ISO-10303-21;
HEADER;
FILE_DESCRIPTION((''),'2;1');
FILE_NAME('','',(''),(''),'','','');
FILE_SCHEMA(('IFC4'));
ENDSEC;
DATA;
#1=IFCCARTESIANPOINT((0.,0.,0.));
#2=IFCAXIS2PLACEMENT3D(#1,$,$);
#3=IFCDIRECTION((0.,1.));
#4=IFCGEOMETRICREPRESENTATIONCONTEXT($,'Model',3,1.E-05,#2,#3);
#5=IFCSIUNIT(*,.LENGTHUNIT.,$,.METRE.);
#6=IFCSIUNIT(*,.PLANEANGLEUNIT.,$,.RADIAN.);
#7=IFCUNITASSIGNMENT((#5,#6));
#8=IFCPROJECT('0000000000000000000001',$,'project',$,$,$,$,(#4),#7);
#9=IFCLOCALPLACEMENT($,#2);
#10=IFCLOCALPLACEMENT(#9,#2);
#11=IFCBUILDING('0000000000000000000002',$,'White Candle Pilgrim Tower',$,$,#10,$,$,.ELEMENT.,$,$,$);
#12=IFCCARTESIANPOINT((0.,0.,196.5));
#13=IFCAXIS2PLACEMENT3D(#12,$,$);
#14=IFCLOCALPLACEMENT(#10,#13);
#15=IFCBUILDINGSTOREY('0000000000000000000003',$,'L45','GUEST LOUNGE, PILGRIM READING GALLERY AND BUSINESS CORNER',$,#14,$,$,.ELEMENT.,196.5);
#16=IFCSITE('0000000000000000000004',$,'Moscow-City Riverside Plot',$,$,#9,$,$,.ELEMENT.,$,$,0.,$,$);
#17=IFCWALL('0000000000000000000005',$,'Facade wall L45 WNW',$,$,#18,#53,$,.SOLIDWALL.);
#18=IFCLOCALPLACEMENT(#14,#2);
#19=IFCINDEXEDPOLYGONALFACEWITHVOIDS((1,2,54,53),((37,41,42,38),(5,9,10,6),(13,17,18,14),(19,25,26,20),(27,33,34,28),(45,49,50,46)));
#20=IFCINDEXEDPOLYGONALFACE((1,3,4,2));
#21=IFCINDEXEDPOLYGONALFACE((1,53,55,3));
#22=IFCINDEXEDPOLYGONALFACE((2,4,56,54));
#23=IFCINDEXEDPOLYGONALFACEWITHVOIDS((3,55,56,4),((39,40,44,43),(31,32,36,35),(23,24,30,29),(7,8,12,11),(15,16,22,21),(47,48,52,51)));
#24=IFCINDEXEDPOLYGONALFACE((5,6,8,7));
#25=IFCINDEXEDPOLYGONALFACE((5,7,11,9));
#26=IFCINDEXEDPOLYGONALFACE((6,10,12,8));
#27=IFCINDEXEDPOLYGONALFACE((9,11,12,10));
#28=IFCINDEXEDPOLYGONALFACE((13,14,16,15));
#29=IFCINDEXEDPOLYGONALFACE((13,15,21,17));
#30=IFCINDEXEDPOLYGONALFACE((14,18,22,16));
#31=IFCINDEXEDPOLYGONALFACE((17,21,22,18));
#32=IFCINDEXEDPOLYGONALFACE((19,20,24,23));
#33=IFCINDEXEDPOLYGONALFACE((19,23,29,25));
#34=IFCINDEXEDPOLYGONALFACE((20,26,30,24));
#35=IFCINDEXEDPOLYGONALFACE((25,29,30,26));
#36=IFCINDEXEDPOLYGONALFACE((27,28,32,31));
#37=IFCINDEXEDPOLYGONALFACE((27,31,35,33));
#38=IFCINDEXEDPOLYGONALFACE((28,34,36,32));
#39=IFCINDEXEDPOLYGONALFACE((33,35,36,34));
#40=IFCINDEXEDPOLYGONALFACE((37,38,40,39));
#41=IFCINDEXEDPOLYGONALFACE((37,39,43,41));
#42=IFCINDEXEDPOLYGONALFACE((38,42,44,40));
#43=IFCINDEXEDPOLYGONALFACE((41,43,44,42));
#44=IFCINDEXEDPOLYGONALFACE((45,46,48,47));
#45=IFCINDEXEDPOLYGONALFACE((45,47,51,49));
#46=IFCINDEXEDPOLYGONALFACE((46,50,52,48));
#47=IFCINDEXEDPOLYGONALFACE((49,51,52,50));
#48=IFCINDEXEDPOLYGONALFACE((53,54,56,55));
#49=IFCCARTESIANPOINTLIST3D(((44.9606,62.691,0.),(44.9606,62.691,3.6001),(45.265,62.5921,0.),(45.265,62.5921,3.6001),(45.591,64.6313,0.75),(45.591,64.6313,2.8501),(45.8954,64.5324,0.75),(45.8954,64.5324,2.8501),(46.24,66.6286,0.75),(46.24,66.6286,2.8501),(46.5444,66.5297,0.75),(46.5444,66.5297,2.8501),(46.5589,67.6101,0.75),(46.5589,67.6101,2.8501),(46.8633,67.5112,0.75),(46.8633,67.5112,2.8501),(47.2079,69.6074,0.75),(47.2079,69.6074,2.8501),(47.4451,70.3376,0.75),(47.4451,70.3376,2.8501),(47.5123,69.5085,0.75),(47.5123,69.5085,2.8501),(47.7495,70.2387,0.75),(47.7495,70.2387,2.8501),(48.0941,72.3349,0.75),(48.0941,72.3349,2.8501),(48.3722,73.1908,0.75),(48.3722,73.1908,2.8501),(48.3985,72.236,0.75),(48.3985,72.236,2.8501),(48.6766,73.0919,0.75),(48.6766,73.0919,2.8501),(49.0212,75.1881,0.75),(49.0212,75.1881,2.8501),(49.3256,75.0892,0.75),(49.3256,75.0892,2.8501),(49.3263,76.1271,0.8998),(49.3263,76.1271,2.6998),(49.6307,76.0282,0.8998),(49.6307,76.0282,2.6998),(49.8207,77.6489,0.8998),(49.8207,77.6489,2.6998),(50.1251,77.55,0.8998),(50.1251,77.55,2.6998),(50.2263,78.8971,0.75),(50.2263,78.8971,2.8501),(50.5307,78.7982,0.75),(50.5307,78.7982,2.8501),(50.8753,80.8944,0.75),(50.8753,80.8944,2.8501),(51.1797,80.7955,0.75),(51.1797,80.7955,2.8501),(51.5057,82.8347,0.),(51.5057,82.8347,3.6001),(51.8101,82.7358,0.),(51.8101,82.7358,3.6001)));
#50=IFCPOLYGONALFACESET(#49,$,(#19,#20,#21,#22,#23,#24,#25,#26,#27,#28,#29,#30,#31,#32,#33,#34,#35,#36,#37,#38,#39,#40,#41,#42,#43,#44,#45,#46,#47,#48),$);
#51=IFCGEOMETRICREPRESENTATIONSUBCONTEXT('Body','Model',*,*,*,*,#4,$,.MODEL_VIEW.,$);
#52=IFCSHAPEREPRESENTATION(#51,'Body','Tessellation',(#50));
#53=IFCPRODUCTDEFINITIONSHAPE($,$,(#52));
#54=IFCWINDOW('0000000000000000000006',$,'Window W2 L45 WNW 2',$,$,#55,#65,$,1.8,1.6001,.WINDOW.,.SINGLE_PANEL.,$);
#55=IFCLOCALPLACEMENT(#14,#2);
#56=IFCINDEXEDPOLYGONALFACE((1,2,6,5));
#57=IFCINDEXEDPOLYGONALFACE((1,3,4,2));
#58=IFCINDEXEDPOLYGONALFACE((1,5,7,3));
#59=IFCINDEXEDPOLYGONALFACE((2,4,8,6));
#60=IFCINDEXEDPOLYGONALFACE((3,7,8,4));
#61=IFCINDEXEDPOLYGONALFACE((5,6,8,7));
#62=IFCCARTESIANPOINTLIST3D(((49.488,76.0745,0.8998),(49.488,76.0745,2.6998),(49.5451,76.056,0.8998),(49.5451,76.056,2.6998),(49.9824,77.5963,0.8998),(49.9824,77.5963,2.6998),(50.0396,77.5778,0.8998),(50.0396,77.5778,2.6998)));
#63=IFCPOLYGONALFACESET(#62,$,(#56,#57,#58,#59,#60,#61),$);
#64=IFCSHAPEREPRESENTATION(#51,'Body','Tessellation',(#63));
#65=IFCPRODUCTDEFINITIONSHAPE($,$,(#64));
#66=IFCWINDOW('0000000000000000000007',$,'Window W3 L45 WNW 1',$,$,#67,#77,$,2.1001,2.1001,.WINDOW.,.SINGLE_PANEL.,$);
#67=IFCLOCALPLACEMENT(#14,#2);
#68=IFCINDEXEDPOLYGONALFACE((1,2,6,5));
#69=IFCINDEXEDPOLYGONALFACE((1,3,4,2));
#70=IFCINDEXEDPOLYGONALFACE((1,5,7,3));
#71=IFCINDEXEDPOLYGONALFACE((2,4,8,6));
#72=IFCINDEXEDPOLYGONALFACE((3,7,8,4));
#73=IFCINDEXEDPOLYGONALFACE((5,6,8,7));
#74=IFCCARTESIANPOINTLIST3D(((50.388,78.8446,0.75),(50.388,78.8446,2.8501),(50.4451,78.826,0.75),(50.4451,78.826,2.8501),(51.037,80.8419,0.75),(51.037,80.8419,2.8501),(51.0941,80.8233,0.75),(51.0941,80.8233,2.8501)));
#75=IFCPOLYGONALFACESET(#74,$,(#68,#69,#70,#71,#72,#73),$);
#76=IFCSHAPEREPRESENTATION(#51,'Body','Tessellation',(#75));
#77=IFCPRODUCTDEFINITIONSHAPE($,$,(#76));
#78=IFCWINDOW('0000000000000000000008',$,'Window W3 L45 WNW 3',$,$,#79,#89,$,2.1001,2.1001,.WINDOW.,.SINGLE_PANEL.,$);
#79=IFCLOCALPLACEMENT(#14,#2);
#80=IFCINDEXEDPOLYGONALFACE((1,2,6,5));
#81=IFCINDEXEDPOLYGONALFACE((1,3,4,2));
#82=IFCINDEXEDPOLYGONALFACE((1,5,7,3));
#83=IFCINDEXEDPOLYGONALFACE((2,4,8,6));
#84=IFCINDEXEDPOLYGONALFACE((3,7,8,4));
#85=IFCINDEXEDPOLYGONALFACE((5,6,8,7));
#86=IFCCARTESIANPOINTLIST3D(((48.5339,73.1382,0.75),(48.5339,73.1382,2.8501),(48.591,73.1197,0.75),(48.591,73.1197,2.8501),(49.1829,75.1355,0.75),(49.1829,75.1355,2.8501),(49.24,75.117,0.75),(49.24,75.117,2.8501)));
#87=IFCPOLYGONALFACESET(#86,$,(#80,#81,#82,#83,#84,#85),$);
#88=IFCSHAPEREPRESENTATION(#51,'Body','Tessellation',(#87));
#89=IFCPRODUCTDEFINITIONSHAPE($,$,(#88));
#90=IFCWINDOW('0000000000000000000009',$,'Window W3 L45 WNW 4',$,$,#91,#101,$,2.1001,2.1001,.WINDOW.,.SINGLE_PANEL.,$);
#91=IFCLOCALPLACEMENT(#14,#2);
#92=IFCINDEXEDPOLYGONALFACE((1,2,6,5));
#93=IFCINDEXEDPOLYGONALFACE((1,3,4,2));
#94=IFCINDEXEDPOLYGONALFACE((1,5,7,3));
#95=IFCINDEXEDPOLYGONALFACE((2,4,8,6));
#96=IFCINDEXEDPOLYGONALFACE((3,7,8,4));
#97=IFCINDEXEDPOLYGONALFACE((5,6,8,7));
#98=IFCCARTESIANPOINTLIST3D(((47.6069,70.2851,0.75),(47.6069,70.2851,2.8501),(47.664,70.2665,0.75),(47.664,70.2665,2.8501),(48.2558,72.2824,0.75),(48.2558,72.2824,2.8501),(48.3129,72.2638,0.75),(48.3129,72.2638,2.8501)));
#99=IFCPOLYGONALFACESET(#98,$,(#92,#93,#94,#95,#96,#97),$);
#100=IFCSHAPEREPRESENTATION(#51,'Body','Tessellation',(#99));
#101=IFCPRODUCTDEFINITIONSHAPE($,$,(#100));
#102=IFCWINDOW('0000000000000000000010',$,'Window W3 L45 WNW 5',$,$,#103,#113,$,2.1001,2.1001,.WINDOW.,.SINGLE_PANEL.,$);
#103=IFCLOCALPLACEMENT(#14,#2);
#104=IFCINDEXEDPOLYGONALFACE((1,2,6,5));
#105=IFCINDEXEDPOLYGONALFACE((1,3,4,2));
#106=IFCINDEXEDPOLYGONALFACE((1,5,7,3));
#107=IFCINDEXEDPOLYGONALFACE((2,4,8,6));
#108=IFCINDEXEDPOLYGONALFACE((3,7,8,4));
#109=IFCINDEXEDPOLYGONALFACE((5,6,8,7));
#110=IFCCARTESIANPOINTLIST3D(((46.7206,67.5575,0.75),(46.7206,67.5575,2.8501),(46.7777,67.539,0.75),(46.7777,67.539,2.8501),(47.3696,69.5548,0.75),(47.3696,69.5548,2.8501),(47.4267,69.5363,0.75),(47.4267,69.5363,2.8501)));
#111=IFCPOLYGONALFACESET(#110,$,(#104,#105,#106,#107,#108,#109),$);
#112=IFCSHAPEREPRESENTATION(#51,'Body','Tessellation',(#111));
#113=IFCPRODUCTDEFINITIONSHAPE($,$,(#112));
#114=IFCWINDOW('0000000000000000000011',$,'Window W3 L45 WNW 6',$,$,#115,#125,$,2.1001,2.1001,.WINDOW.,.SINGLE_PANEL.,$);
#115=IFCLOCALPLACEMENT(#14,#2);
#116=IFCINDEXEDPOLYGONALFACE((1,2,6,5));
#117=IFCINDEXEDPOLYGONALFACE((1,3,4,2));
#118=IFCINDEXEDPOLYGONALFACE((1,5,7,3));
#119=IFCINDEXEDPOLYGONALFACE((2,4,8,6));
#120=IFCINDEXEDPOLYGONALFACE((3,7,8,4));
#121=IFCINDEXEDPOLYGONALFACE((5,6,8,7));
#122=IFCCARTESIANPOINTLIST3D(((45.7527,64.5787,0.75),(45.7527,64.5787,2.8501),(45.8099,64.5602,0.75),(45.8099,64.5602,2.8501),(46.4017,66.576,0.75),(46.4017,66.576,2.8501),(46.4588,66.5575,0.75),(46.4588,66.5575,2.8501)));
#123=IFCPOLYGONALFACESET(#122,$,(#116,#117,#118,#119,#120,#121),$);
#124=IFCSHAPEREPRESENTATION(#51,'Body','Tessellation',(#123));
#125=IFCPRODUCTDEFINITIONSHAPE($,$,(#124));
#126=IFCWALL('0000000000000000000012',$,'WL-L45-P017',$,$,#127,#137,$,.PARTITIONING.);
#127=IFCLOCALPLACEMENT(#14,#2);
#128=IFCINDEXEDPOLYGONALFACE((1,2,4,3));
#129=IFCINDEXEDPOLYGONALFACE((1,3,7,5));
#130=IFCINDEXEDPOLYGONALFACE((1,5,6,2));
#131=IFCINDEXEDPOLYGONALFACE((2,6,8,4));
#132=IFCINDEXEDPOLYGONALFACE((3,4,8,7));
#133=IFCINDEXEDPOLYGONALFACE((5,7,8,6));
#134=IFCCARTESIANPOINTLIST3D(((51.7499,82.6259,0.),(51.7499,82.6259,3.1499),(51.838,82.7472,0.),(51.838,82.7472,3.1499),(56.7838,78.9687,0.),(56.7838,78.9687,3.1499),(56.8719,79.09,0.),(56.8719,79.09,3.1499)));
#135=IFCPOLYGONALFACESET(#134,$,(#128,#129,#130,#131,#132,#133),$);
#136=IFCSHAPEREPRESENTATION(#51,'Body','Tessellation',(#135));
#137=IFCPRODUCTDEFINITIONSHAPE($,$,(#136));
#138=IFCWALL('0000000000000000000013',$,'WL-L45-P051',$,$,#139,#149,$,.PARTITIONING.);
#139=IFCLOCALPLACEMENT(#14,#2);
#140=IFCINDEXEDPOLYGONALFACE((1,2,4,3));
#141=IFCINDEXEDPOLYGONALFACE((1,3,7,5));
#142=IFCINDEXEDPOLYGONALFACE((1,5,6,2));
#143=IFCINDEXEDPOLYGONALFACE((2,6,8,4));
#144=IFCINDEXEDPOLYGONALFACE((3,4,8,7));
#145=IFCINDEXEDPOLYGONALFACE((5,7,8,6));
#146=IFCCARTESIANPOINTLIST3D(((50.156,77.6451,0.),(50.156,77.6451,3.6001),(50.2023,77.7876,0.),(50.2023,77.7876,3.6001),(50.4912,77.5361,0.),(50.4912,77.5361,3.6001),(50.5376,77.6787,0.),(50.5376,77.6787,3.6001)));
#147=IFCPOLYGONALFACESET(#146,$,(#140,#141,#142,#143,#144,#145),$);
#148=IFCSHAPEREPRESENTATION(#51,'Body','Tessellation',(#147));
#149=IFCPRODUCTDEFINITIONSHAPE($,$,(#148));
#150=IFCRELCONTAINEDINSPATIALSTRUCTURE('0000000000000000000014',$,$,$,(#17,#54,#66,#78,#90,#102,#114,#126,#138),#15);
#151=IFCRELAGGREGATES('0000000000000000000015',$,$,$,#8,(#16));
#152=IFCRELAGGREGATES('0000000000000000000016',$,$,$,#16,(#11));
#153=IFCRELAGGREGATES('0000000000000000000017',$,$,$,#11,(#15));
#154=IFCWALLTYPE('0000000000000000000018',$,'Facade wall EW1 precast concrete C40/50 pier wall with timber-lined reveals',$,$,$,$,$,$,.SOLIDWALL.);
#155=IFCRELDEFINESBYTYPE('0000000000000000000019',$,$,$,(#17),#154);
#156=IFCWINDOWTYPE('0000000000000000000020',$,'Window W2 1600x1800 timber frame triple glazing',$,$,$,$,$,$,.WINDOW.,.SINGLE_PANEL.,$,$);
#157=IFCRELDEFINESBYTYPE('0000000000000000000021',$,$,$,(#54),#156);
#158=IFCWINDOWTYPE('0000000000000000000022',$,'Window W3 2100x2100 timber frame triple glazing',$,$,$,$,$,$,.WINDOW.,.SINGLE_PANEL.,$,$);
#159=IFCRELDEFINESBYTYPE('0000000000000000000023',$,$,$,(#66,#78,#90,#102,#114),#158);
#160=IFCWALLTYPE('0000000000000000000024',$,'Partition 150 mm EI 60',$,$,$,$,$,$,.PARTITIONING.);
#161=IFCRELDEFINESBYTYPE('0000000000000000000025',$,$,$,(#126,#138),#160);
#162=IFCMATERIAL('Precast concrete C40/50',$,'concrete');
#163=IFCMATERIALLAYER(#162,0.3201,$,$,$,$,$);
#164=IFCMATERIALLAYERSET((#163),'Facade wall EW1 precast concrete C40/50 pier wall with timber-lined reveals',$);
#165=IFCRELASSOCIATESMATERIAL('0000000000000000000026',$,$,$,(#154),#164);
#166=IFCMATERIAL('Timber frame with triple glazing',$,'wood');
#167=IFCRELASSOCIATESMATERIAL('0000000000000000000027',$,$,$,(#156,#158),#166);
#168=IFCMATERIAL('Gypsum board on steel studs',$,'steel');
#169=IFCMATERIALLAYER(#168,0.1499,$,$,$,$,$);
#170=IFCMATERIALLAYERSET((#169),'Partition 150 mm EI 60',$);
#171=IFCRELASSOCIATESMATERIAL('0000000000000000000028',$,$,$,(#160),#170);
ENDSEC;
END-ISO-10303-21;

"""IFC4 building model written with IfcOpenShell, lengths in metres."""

from ifc_helpers import new_model, si_unit, direction, frame, frame_2d, origin, place, context, subcontext, project, spatial, rectangle, extrude, material, layer, layer_set, type_object, element, fill, save


model = new_model("IFC4")

# Units and contexts
model_context = context("Model", 3, precision=1e-05, world=origin(), true_north=direction((0.0, 1.0)))
body_context = subcontext(model_context, "Body", "Model", "MODEL_VIEW")
ifc_project = project(units=[si_unit("LENGTHUNIT", "METRE"), si_unit("PLANEANGLEUNIT", "RADIAN")], contexts=[model_context])

# Site, building, storey
site_placement = place(None, origin())
site = spatial("IfcSite", under=ifc_project, at=site_placement, Name="Moscow-City Riverside Plot", CompositionType="ELEMENT", RefElevation=0.0)
building_placement = place(site_placement, origin())
building = spatial("IfcBuilding", under=site, at=building_placement, Name="White Candle Pilgrim Tower", CompositionType="ELEMENT")
storey_placement = place(building_placement, frame((0.0, 0.0, 196.5)))
storey = spatial("IfcBuildingStorey", under=building, at=storey_placement, Name="L45", Description="GUEST LOUNGE, PILGRIM READING GALLERY AND BUSINESS CORNER", CompositionType="ELEMENT", Elevation=196.5)

# Wall, openings, windows
ifc_material_1 = material(Name="Precast concrete C40/50", Category="concrete")
ifc_layer_1 = layer(ifc_material_1, 0.3201)
ifc_layer_set_1 = layer_set([ifc_layer_1], Name="Facade wall EW1 precast concrete C40/50 pier wall with timber-lined reveals")
wall_type_1 = type_object("IfcWallType", Name="Facade wall EW1 precast concrete C40/50 pier wall with timber-lined reveals", PredefinedType="SOLIDWALL", material=ifc_layer_set_1)
wall_1_placement = place(storey_placement, frame((51.658, 82.7854, 0.0), z_axis=(0.0, 0.0, 1.0), x_axis=(-0.309019, -0.951056, 0.0)))
wall_1 = element("IfcWall", 1, at=wall_1_placement, inside=storey, type_object=wall_type_1, Name="Facade wall L45 WNW", PredefinedType="SOLIDWALL", context=body_context, shape_type="SweptSolid", body=[
    extrude(rectangle(XDim=21.1804, YDim=0.3201, at=frame_2d((10.5903, 0.0))), origin(), (0.0, 0.0, 1.0), 3.6001),
])
opening_1_placement = place(wall_1_placement, frame((2.0403, 0.0, 0.75)))
opening_1 = element("IfcOpeningElement", 2, at=opening_1_placement, cuts=wall_1, PredefinedType="OPENING", context=body_context, shape_type="SweptSolid", body=[
    extrude(rectangle(XDim=2.1001, YDim=2.1001, at=frame_2d((1.05, 1.05))), frame((0.0, 0.1699, 0.0), z_axis=(0.0, -1.0, 0.0), x_axis=(1.0, 0.0, 0.0)), (0.0, 0.0, 1.0), 0.3401),
])
opening_2_placement = place(wall_1_placement, frame((5.4529, 0.0, 0.8999)))
opening_2 = element("IfcOpeningElement", 3, at=opening_2_placement, cuts=wall_1, PredefinedType="OPENING", context=body_context, shape_type="SweptSolid", body=[
    extrude(rectangle(XDim=1.6001, YDim=1.8, at=frame_2d((0.8, 0.8999))), frame((0.0, 0.1699, 0.0), z_axis=(0.0, -1.0, 0.0), x_axis=(1.0, 0.0, 0.0)), (0.0, 0.0, 1.0), 0.3401),
])
opening_3_placement = place(wall_1_placement, frame((8.0403, 0.0, 0.75)))
opening_3 = element("IfcOpeningElement", 4, at=opening_3_placement, cuts=wall_1, PredefinedType="OPENING", context=body_context, shape_type="SweptSolid", body=[
    extrude(rectangle(XDim=2.1001, YDim=2.1001, at=frame_2d((1.05, 1.05))), frame((0.0, 0.1699, 0.0), z_axis=(0.0, -1.0, 0.0), x_axis=(1.0, 0.0, 0.0)), (0.0, 0.0, 1.0), 0.3401),
])
opening_4_placement = place(wall_1_placement, frame((11.0403, 0.0, 0.75)))
opening_4 = element("IfcOpeningElement", 5, at=opening_4_placement, cuts=wall_1, PredefinedType="OPENING", context=body_context, shape_type="SweptSolid", body=[
    extrude(rectangle(XDim=2.1001, YDim=2.1001, at=frame_2d((1.05, 1.05))), frame((0.0, 0.1699, 0.0), z_axis=(0.0, -1.0, 0.0), x_axis=(1.0, 0.0, 0.0)), (0.0, 0.0, 1.0), 0.3401),
])
opening_5_placement = place(wall_1_placement, frame((13.9082, 0.0, 0.75)))
opening_5 = element("IfcOpeningElement", 6, at=opening_5_placement, cuts=wall_1, PredefinedType="OPENING", context=body_context, shape_type="SweptSolid", body=[
    extrude(rectangle(XDim=2.1001, YDim=2.1001, at=frame_2d((1.05, 1.05))), frame((0.0, 0.1699, 0.0), z_axis=(0.0, -1.0, 0.0), x_axis=(1.0, 0.0, 0.0)), (0.0, 0.0, 1.0), 0.3401),
])
opening_6_placement = place(wall_1_placement, frame((17.0403, 0.0, 0.75)))
opening_6 = element("IfcOpeningElement", 7, at=opening_6_placement, cuts=wall_1, PredefinedType="OPENING", context=body_context, shape_type="SweptSolid", body=[
    extrude(rectangle(XDim=2.1001, YDim=2.1001, at=frame_2d((1.05, 1.05))), frame((0.0, 0.1699, 0.0), z_axis=(0.0, -1.0, 0.0), x_axis=(1.0, 0.0, 0.0)), (0.0, 0.0, 1.0), 0.3401),
])
ifc_material_2 = material(Name="Timber frame with triple glazing", Category="wood")
window_type_1 = type_object("IfcWindowType", Name="Window W2 1600x1800 timber frame triple glazing", PartitioningType="SINGLE_PANEL", PredefinedType="WINDOW", material=ifc_material_2)
window_1_placement = place(opening_2_placement, origin())
window_1 = element("IfcWindow", 8, at=window_1_placement, inside=storey, type_object=window_type_1, Name="Window W2 L45 WNW 2", OverallHeight=1.8, OverallWidth=1.6001, PartitioningType="SINGLE_PANEL", PredefinedType="WINDOW", context=body_context, shape_type="SweptSolid", body=[
    extrude(rectangle(XDim=1.6001, YDim=1.8, at=frame_2d((0.8, 0.8999))), frame((0.0, 0.0701, 0.0), z_axis=(0.0, -1.0, 0.0), x_axis=(1.0, 0.0, 0.0)), (0.0, 0.0, 1.0), 0.0601),
])
fill(opening_2, window_1)
window_type_2 = type_object("IfcWindowType", Name="Window W3 2100x2100 timber frame triple glazing", PartitioningType="SINGLE_PANEL", PredefinedType="WINDOW", material=ifc_material_2)
window_2_placement = place(opening_1_placement, origin())
window_2 = element("IfcWindow", 9, at=window_2_placement, inside=storey, type_object=window_type_2, Name="Window W3 L45 WNW 1", OverallHeight=2.1001, OverallWidth=2.1001, PartitioningType="SINGLE_PANEL", PredefinedType="WINDOW", context=body_context, shape_type="SweptSolid", body=[
    extrude(rectangle(XDim=2.1001, YDim=2.1001, at=frame_2d((1.05, 1.05))), frame((0.0, 0.0701, 0.0), z_axis=(0.0, -1.0, 0.0), x_axis=(1.0, 0.0, 0.0)), (0.0, 0.0, 1.0), 0.0601),
])
fill(opening_1, window_2)
window_3_placement = place(opening_3_placement, origin())
window_3 = element("IfcWindow", 10, at=window_3_placement, inside=storey, type_object=window_type_2, Name="Window W3 L45 WNW 3", OverallHeight=2.1001, OverallWidth=2.1001, PartitioningType="SINGLE_PANEL", PredefinedType="WINDOW", context=body_context, shape_type="SweptSolid", body=[
    extrude(rectangle(XDim=2.1001, YDim=2.1001, at=frame_2d((1.05, 1.05))), frame((0.0, 0.0701, 0.0), z_axis=(0.0, -1.0, 0.0), x_axis=(1.0, 0.0, 0.0)), (0.0, 0.0, 1.0), 0.0601),
])
fill(opening_3, window_3)
window_4_placement = place(opening_4_placement, origin())
window_4 = element("IfcWindow", 11, at=window_4_placement, inside=storey, type_object=window_type_2, Name="Window W3 L45 WNW 4", OverallHeight=2.1001, OverallWidth=2.1001, PartitioningType="SINGLE_PANEL", PredefinedType="WINDOW", context=body_context, shape_type="SweptSolid", body=[
    extrude(rectangle(XDim=2.1001, YDim=2.1001, at=frame_2d((1.05, 1.05))), frame((0.0, 0.0701, 0.0), z_axis=(0.0, -1.0, 0.0), x_axis=(1.0, 0.0, 0.0)), (0.0, 0.0, 1.0), 0.0601),
])
fill(opening_4, window_4)
window_5_placement = place(opening_5_placement, origin())
window_5 = element("IfcWindow", 12, at=window_5_placement, inside=storey, type_object=window_type_2, Name="Window W3 L45 WNW 5", OverallHeight=2.1001, OverallWidth=2.1001, PartitioningType="SINGLE_PANEL", PredefinedType="WINDOW", context=body_context, shape_type="SweptSolid", body=[
    extrude(rectangle(XDim=2.1001, YDim=2.1001, at=frame_2d((1.05, 1.05))), frame((0.0, 0.0701, 0.0), z_axis=(0.0, -1.0, 0.0), x_axis=(1.0, 0.0, 0.0)), (0.0, 0.0, 1.0), 0.0601),
])
fill(opening_5, window_5)
window_6_placement = place(opening_6_placement, origin())
window_6 = element("IfcWindow", 13, at=window_6_placement, inside=storey, type_object=window_type_2, Name="Window W3 L45 WNW 6", OverallHeight=2.1001, OverallWidth=2.1001, PartitioningType="SINGLE_PANEL", PredefinedType="WINDOW", context=body_context, shape_type="SweptSolid", body=[
    extrude(rectangle(XDim=2.1001, YDim=2.1001, at=frame_2d((1.05, 1.05))), frame((0.0, 0.0701, 0.0), z_axis=(0.0, -1.0, 0.0), x_axis=(1.0, 0.0, 0.0)), (0.0, 0.0, 1.0), 0.0601),
])
fill(opening_6, window_6)

# Walls
ifc_material_3 = material(Name="Gypsum board on steel studs", Category="steel")
ifc_layer_2 = layer(ifc_material_3, 0.1499)
ifc_layer_set_2 = layer_set([ifc_layer_2], Name="Partition 150 mm EI 60")
wall_type_2 = type_object("IfcWallType", Name="Partition 150 mm EI 60", PredefinedType="PARTITIONING", material=ifc_layer_set_2)
wall_2_placement = place(storey_placement, frame((51.7939, 82.6865, 0.0), z_axis=(0.0, 0.0, 1.0), x_axis=(0.809028, -0.58777, 0.0)))
element("IfcWall", 14, at=wall_2_placement, inside=storey, type_object=wall_type_2, Name="WL-L45-P017", PredefinedType="PARTITIONING", context=body_context, shape_type="SweptSolid", body=[
    extrude(rectangle(XDim=6.2222, YDim=0.1499, at=frame_2d((3.1111, 0.0))), origin(), (0.0, 0.0, 1.0), 3.1499),
])
wall_3_placement = place(storey_placement, frame((50.5144, 77.6074, 0.0), z_axis=(0.0, 0.0, 1.0), x_axis=(-0.95108, 0.308945, 0.0)))
element("IfcWall", 15, at=wall_3_placement, inside=storey, type_object=wall_type_2, Name="WL-L45-P051", PredefinedType="PARTITIONING", context=body_context, shape_type="SweptSolid", body=[
    extrude(rectangle(XDim=0.3525, YDim=0.1499, at=frame_2d((0.1763, 0.0))), origin(), (0.0, 0.0, 1.0), 3.6001),
])

save(model, "model.ifc")
